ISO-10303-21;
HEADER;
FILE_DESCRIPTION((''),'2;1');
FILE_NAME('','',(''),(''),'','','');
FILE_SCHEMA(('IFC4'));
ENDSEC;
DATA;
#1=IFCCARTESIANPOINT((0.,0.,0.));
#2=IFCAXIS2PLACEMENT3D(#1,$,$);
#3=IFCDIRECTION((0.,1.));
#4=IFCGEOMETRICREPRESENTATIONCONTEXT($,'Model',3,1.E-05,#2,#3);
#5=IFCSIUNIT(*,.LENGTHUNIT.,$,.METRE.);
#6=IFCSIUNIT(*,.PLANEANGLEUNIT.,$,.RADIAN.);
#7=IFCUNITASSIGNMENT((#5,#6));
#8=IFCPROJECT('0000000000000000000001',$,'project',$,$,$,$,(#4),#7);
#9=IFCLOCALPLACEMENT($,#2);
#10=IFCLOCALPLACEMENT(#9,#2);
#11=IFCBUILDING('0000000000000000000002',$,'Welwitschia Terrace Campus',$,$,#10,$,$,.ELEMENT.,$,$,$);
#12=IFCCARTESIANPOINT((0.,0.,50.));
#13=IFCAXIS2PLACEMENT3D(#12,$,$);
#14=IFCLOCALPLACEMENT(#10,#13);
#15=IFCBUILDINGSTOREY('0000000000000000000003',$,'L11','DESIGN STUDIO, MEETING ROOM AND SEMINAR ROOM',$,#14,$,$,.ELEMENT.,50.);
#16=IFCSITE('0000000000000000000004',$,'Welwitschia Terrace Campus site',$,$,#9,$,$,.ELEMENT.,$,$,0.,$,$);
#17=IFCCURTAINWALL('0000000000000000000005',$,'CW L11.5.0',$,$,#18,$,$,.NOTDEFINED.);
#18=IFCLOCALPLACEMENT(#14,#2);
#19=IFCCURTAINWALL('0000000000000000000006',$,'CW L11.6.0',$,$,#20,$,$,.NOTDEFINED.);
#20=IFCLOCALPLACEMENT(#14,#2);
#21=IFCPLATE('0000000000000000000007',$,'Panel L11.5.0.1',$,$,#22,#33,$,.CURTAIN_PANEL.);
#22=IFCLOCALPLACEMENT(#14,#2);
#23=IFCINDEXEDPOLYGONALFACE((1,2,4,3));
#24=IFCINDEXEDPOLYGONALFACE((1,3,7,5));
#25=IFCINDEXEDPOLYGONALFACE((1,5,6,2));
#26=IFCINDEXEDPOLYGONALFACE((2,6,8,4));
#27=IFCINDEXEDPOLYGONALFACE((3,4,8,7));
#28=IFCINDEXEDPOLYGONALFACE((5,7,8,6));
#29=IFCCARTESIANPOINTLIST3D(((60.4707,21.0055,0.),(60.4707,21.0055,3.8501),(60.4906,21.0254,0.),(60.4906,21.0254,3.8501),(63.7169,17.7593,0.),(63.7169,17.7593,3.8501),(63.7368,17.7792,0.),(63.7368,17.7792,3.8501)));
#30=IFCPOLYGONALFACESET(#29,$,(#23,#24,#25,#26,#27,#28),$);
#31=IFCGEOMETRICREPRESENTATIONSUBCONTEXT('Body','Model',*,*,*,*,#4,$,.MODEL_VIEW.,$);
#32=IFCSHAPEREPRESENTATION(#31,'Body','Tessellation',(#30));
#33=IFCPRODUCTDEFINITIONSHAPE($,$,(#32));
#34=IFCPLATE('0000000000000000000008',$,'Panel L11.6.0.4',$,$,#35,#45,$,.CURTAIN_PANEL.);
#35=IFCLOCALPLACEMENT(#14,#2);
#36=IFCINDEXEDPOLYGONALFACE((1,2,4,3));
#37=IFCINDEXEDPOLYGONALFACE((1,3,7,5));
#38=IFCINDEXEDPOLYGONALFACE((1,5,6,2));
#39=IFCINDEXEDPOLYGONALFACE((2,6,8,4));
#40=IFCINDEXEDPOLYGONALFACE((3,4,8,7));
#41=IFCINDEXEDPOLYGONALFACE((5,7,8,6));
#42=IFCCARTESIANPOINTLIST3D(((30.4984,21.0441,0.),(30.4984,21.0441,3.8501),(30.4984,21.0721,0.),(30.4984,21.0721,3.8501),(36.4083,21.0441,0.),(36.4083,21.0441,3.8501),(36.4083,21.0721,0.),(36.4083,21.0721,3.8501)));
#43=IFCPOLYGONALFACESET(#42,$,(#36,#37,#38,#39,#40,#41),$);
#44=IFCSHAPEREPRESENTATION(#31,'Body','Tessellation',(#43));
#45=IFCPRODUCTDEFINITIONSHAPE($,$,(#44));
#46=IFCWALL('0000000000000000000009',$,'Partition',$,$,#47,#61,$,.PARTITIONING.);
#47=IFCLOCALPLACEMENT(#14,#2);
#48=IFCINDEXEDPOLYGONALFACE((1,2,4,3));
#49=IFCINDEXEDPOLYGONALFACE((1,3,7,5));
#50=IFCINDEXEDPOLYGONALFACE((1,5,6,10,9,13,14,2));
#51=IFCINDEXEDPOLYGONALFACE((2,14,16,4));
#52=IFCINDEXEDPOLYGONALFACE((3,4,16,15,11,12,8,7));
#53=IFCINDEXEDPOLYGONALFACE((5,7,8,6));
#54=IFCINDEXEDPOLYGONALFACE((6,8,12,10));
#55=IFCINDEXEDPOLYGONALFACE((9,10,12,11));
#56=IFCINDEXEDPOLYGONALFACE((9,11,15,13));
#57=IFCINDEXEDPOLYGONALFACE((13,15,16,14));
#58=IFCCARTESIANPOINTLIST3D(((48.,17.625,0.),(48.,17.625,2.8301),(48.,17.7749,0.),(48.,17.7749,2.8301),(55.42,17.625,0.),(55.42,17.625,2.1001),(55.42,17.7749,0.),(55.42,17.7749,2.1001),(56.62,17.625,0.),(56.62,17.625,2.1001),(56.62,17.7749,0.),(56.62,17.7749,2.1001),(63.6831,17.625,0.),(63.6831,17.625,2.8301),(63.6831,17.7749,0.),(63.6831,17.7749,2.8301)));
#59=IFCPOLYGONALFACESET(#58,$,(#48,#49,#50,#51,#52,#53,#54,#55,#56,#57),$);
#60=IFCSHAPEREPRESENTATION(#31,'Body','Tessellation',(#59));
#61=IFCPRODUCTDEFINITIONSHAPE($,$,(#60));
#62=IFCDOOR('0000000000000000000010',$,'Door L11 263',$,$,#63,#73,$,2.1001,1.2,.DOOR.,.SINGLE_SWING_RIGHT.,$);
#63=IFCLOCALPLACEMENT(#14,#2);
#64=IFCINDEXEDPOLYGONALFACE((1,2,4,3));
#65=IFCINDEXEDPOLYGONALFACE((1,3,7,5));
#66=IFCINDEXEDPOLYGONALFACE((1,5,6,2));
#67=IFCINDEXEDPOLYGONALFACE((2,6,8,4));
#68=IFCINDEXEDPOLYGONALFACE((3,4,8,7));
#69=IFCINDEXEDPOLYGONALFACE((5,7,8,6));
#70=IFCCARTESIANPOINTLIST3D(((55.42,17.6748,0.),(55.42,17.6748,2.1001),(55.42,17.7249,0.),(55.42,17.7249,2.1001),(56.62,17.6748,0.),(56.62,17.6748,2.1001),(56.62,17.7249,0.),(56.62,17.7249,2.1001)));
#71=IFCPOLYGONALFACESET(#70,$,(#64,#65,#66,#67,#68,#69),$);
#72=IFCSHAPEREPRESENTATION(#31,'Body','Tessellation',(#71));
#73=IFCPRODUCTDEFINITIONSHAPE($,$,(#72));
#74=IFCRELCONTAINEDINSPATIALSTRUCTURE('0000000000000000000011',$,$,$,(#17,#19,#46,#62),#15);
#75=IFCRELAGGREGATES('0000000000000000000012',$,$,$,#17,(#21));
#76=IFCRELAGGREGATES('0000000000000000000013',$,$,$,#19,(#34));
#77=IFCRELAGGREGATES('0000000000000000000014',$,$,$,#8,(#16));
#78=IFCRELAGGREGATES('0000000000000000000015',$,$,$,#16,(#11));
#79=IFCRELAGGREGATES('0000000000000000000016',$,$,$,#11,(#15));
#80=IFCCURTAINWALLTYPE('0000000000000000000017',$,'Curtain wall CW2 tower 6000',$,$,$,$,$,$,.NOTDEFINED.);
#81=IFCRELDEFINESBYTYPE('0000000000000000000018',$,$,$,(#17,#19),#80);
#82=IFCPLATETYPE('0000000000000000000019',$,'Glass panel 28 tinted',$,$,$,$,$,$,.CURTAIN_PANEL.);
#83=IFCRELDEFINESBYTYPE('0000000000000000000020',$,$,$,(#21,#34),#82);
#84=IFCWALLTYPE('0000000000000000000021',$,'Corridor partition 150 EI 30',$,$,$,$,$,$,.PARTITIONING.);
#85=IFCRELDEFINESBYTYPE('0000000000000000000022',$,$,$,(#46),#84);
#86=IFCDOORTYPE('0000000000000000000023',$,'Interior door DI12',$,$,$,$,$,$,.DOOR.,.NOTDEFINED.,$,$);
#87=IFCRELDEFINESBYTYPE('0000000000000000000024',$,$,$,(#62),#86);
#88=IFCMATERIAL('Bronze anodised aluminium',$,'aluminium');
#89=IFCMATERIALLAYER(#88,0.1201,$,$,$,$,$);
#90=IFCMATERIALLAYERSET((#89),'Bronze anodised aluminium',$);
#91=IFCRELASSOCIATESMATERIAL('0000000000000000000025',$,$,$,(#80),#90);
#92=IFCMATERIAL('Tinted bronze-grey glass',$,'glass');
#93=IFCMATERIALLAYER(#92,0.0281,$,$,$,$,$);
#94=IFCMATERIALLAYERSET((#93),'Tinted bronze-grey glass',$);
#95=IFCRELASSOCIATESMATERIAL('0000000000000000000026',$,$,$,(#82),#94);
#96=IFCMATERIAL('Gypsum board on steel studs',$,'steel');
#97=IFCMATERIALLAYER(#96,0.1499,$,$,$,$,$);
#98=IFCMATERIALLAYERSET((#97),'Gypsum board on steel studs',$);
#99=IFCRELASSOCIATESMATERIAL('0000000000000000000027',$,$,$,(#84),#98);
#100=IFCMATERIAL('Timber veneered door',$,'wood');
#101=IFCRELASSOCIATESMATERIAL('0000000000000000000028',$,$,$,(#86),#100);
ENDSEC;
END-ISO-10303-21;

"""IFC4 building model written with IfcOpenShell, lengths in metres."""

from ifc_helpers import new_model, si_unit, direction, frame, frame_2d, origin, origin_2d, place, context, subcontext, project, spatial, rectangle, extrude, material, layer, layer_set, type_object, element, fill, aggregate, save


model = new_model("IFC4")

# Units and contexts
model_context = context("Model", 3, precision=1e-05, world=origin(), true_north=direction((0.0, 1.0)))
body_context = subcontext(model_context, "Body", "Model", "MODEL_VIEW")
ifc_project = project(units=[si_unit("LENGTHUNIT", "METRE"), si_unit("PLANEANGLEUNIT", "RADIAN")], contexts=[model_context])

# Site, building, storey
site_placement = place(None, origin())
site = spatial("IfcSite", under=ifc_project, at=site_placement, Name="Welwitschia Terrace Campus site", CompositionType="ELEMENT", RefElevation=0.0)
building_placement = place(site_placement, origin())
building = spatial("IfcBuilding", under=site, at=building_placement, Name="Welwitschia Terrace Campus", CompositionType="ELEMENT")
storey_placement = place(building_placement, frame((0.0, 0.0, 50.0)))
storey = spatial("IfcBuildingStorey", under=building, at=storey_placement, Name="L11", Description="DESIGN STUDIO, MEETING ROOM AND SEMINAR ROOM", CompositionType="ELEMENT", Elevation=50.0)

# Curtain wall
ifc_material_1 = material(Name="Bronze anodised aluminium", Category="aluminium")
ifc_layer_1 = layer(ifc_material_1, 0.1201)
ifc_layer_set_1 = layer_set([ifc_layer_1], Name="Bronze anodised aluminium")
curtain_wall_type = type_object("IfcCurtainWallType", Name="Curtain wall CW2 tower 6000", PredefinedType="NOTDEFINED", material=ifc_layer_set_1)
curtain_wall_1_placement = place(storey_placement, origin())
curtain_wall_1 = element("IfcCurtainWall", 1, at=curtain_wall_1_placement, inside=storey, type_object=curtain_wall_type, Name="CW L11.5.0", PredefinedType="NOTDEFINED")

# Curtain wall
curtain_wall_2_placement = place(storey_placement, origin())
curtain_wall_2 = element("IfcCurtainWall", 2, at=curtain_wall_2_placement, inside=storey, type_object=curtain_wall_type, Name="CW L11.6.0", PredefinedType="NOTDEFINED")

# Plates
ifc_material_2 = material(Name="Tinted bronze-grey glass", Category="glass")
ifc_layer_2 = layer(ifc_material_2, 0.0281)
ifc_layer_set_2 = layer_set([ifc_layer_2], Name="Tinted bronze-grey glass")
plate_type = type_object("IfcPlateType", Name="Glass panel 28 tinted", PredefinedType="CURTAIN_PANEL", material=ifc_layer_set_2)
plate_1_placement = place(storey_placement, frame((62.1038, 19.3923, 0.0), z_axis=(0.0, 0.0, 1.0), x_axis=(-0.707107, 0.707107, 0.0)))
plate_1 = element("IfcPlate", 3, at=plate_1_placement, type_object=plate_type, Name="Panel L11.5.0.1", PredefinedType="CURTAIN_PANEL", context=body_context, shape_type="SweptSolid", body=[
    extrude(rectangle(XDim=4.5908, YDim=0.0281, at=origin_2d()), origin(), (0.0, 0.0, 1.0), 3.8501),
])
aggregate(curtain_wall_1, [plate_1])
plate_2_placement = place(storey_placement, frame((33.4534, 21.0581, 0.0), z_axis=(0.0, 0.0, 1.0), x_axis=(-1.0, 0.0, 0.0)))
plate_2 = element("IfcPlate", 4, at=plate_2_placement, type_object=plate_type, Name="Panel L11.6.0.4", PredefinedType="CURTAIN_PANEL", context=body_context, shape_type="SweptSolid", body=[
    extrude(rectangle(XDim=5.9099, YDim=0.0281, at=origin_2d()), origin(), (0.0, 0.0, 1.0), 3.8501),
])
aggregate(curtain_wall_2, [plate_2])

# Wall, opening, door
ifc_material_3 = material(Name="Gypsum board on steel studs", Category="steel")
ifc_layer_3 = layer(ifc_material_3, 0.1499)
ifc_layer_set_3 = layer_set([ifc_layer_3], Name="Gypsum board on steel studs")
wall_type = type_object("IfcWallType", Name="Corridor partition 150 EI 30", PredefinedType="PARTITIONING", material=ifc_layer_set_3)
wall_placement = place(storey_placement, frame((48.0, 17.7, 0.0), z_axis=(0.0, 0.0, 1.0), x_axis=(1.0, 0.0, 0.0)))
wall = element("IfcWall", 5, at=wall_placement, inside=storey, type_object=wall_type, Name="Partition", PredefinedType="PARTITIONING", context=body_context, shape_type="SweptSolid", body=[
    extrude(rectangle(XDim=15.6831, YDim=0.1499, at=frame_2d((7.8416, 0.0))), origin(), (0.0, 0.0, 1.0), 2.8301),
])
opening_placement = place(wall_placement, frame((7.4199, 0.0, 0.0)))
opening = element("IfcOpeningElement", 6, at=opening_placement, cuts=wall, PredefinedType="OPENING", context=body_context, shape_type="SweptSolid", body=[
    extrude(rectangle(XDim=1.2, YDim=2.1001, at=frame_2d((0.6001, 1.05))), frame((0.0, 0.085, 0.0), z_axis=(0.0, -1.0, 0.0), x_axis=(1.0, 0.0, 0.0)), (0.0, 0.0, 1.0), 0.1699),
])
ifc_material_4 = material(Name="Timber veneered door", Category="wood")
door_type = type_object("IfcDoorType", Name="Interior door DI12", OperationType="NOTDEFINED", PredefinedType="DOOR", material=ifc_material_4)
door_placement = place(opening_placement, origin())
door = element("IfcDoor", 7, at=door_placement, inside=storey, type_object=door_type, Name="Door L11 263", OperationType="SINGLE_SWING_RIGHT", OverallHeight=2.1001, OverallWidth=1.2, PredefinedType="DOOR", context=body_context, shape_type="SweptSolid", body=[
    extrude(rectangle(XDim=1.2, YDim=2.1001, at=frame_2d((0.6001, 1.05))), frame((0.0, 0.0249, 0.0), z_axis=(0.0, -1.0, 0.0), x_axis=(1.0, 0.0, 0.0)), (0.0, 0.0, 1.0), 0.05),
])
fill(opening, door)

save(model, "model.ifc")
